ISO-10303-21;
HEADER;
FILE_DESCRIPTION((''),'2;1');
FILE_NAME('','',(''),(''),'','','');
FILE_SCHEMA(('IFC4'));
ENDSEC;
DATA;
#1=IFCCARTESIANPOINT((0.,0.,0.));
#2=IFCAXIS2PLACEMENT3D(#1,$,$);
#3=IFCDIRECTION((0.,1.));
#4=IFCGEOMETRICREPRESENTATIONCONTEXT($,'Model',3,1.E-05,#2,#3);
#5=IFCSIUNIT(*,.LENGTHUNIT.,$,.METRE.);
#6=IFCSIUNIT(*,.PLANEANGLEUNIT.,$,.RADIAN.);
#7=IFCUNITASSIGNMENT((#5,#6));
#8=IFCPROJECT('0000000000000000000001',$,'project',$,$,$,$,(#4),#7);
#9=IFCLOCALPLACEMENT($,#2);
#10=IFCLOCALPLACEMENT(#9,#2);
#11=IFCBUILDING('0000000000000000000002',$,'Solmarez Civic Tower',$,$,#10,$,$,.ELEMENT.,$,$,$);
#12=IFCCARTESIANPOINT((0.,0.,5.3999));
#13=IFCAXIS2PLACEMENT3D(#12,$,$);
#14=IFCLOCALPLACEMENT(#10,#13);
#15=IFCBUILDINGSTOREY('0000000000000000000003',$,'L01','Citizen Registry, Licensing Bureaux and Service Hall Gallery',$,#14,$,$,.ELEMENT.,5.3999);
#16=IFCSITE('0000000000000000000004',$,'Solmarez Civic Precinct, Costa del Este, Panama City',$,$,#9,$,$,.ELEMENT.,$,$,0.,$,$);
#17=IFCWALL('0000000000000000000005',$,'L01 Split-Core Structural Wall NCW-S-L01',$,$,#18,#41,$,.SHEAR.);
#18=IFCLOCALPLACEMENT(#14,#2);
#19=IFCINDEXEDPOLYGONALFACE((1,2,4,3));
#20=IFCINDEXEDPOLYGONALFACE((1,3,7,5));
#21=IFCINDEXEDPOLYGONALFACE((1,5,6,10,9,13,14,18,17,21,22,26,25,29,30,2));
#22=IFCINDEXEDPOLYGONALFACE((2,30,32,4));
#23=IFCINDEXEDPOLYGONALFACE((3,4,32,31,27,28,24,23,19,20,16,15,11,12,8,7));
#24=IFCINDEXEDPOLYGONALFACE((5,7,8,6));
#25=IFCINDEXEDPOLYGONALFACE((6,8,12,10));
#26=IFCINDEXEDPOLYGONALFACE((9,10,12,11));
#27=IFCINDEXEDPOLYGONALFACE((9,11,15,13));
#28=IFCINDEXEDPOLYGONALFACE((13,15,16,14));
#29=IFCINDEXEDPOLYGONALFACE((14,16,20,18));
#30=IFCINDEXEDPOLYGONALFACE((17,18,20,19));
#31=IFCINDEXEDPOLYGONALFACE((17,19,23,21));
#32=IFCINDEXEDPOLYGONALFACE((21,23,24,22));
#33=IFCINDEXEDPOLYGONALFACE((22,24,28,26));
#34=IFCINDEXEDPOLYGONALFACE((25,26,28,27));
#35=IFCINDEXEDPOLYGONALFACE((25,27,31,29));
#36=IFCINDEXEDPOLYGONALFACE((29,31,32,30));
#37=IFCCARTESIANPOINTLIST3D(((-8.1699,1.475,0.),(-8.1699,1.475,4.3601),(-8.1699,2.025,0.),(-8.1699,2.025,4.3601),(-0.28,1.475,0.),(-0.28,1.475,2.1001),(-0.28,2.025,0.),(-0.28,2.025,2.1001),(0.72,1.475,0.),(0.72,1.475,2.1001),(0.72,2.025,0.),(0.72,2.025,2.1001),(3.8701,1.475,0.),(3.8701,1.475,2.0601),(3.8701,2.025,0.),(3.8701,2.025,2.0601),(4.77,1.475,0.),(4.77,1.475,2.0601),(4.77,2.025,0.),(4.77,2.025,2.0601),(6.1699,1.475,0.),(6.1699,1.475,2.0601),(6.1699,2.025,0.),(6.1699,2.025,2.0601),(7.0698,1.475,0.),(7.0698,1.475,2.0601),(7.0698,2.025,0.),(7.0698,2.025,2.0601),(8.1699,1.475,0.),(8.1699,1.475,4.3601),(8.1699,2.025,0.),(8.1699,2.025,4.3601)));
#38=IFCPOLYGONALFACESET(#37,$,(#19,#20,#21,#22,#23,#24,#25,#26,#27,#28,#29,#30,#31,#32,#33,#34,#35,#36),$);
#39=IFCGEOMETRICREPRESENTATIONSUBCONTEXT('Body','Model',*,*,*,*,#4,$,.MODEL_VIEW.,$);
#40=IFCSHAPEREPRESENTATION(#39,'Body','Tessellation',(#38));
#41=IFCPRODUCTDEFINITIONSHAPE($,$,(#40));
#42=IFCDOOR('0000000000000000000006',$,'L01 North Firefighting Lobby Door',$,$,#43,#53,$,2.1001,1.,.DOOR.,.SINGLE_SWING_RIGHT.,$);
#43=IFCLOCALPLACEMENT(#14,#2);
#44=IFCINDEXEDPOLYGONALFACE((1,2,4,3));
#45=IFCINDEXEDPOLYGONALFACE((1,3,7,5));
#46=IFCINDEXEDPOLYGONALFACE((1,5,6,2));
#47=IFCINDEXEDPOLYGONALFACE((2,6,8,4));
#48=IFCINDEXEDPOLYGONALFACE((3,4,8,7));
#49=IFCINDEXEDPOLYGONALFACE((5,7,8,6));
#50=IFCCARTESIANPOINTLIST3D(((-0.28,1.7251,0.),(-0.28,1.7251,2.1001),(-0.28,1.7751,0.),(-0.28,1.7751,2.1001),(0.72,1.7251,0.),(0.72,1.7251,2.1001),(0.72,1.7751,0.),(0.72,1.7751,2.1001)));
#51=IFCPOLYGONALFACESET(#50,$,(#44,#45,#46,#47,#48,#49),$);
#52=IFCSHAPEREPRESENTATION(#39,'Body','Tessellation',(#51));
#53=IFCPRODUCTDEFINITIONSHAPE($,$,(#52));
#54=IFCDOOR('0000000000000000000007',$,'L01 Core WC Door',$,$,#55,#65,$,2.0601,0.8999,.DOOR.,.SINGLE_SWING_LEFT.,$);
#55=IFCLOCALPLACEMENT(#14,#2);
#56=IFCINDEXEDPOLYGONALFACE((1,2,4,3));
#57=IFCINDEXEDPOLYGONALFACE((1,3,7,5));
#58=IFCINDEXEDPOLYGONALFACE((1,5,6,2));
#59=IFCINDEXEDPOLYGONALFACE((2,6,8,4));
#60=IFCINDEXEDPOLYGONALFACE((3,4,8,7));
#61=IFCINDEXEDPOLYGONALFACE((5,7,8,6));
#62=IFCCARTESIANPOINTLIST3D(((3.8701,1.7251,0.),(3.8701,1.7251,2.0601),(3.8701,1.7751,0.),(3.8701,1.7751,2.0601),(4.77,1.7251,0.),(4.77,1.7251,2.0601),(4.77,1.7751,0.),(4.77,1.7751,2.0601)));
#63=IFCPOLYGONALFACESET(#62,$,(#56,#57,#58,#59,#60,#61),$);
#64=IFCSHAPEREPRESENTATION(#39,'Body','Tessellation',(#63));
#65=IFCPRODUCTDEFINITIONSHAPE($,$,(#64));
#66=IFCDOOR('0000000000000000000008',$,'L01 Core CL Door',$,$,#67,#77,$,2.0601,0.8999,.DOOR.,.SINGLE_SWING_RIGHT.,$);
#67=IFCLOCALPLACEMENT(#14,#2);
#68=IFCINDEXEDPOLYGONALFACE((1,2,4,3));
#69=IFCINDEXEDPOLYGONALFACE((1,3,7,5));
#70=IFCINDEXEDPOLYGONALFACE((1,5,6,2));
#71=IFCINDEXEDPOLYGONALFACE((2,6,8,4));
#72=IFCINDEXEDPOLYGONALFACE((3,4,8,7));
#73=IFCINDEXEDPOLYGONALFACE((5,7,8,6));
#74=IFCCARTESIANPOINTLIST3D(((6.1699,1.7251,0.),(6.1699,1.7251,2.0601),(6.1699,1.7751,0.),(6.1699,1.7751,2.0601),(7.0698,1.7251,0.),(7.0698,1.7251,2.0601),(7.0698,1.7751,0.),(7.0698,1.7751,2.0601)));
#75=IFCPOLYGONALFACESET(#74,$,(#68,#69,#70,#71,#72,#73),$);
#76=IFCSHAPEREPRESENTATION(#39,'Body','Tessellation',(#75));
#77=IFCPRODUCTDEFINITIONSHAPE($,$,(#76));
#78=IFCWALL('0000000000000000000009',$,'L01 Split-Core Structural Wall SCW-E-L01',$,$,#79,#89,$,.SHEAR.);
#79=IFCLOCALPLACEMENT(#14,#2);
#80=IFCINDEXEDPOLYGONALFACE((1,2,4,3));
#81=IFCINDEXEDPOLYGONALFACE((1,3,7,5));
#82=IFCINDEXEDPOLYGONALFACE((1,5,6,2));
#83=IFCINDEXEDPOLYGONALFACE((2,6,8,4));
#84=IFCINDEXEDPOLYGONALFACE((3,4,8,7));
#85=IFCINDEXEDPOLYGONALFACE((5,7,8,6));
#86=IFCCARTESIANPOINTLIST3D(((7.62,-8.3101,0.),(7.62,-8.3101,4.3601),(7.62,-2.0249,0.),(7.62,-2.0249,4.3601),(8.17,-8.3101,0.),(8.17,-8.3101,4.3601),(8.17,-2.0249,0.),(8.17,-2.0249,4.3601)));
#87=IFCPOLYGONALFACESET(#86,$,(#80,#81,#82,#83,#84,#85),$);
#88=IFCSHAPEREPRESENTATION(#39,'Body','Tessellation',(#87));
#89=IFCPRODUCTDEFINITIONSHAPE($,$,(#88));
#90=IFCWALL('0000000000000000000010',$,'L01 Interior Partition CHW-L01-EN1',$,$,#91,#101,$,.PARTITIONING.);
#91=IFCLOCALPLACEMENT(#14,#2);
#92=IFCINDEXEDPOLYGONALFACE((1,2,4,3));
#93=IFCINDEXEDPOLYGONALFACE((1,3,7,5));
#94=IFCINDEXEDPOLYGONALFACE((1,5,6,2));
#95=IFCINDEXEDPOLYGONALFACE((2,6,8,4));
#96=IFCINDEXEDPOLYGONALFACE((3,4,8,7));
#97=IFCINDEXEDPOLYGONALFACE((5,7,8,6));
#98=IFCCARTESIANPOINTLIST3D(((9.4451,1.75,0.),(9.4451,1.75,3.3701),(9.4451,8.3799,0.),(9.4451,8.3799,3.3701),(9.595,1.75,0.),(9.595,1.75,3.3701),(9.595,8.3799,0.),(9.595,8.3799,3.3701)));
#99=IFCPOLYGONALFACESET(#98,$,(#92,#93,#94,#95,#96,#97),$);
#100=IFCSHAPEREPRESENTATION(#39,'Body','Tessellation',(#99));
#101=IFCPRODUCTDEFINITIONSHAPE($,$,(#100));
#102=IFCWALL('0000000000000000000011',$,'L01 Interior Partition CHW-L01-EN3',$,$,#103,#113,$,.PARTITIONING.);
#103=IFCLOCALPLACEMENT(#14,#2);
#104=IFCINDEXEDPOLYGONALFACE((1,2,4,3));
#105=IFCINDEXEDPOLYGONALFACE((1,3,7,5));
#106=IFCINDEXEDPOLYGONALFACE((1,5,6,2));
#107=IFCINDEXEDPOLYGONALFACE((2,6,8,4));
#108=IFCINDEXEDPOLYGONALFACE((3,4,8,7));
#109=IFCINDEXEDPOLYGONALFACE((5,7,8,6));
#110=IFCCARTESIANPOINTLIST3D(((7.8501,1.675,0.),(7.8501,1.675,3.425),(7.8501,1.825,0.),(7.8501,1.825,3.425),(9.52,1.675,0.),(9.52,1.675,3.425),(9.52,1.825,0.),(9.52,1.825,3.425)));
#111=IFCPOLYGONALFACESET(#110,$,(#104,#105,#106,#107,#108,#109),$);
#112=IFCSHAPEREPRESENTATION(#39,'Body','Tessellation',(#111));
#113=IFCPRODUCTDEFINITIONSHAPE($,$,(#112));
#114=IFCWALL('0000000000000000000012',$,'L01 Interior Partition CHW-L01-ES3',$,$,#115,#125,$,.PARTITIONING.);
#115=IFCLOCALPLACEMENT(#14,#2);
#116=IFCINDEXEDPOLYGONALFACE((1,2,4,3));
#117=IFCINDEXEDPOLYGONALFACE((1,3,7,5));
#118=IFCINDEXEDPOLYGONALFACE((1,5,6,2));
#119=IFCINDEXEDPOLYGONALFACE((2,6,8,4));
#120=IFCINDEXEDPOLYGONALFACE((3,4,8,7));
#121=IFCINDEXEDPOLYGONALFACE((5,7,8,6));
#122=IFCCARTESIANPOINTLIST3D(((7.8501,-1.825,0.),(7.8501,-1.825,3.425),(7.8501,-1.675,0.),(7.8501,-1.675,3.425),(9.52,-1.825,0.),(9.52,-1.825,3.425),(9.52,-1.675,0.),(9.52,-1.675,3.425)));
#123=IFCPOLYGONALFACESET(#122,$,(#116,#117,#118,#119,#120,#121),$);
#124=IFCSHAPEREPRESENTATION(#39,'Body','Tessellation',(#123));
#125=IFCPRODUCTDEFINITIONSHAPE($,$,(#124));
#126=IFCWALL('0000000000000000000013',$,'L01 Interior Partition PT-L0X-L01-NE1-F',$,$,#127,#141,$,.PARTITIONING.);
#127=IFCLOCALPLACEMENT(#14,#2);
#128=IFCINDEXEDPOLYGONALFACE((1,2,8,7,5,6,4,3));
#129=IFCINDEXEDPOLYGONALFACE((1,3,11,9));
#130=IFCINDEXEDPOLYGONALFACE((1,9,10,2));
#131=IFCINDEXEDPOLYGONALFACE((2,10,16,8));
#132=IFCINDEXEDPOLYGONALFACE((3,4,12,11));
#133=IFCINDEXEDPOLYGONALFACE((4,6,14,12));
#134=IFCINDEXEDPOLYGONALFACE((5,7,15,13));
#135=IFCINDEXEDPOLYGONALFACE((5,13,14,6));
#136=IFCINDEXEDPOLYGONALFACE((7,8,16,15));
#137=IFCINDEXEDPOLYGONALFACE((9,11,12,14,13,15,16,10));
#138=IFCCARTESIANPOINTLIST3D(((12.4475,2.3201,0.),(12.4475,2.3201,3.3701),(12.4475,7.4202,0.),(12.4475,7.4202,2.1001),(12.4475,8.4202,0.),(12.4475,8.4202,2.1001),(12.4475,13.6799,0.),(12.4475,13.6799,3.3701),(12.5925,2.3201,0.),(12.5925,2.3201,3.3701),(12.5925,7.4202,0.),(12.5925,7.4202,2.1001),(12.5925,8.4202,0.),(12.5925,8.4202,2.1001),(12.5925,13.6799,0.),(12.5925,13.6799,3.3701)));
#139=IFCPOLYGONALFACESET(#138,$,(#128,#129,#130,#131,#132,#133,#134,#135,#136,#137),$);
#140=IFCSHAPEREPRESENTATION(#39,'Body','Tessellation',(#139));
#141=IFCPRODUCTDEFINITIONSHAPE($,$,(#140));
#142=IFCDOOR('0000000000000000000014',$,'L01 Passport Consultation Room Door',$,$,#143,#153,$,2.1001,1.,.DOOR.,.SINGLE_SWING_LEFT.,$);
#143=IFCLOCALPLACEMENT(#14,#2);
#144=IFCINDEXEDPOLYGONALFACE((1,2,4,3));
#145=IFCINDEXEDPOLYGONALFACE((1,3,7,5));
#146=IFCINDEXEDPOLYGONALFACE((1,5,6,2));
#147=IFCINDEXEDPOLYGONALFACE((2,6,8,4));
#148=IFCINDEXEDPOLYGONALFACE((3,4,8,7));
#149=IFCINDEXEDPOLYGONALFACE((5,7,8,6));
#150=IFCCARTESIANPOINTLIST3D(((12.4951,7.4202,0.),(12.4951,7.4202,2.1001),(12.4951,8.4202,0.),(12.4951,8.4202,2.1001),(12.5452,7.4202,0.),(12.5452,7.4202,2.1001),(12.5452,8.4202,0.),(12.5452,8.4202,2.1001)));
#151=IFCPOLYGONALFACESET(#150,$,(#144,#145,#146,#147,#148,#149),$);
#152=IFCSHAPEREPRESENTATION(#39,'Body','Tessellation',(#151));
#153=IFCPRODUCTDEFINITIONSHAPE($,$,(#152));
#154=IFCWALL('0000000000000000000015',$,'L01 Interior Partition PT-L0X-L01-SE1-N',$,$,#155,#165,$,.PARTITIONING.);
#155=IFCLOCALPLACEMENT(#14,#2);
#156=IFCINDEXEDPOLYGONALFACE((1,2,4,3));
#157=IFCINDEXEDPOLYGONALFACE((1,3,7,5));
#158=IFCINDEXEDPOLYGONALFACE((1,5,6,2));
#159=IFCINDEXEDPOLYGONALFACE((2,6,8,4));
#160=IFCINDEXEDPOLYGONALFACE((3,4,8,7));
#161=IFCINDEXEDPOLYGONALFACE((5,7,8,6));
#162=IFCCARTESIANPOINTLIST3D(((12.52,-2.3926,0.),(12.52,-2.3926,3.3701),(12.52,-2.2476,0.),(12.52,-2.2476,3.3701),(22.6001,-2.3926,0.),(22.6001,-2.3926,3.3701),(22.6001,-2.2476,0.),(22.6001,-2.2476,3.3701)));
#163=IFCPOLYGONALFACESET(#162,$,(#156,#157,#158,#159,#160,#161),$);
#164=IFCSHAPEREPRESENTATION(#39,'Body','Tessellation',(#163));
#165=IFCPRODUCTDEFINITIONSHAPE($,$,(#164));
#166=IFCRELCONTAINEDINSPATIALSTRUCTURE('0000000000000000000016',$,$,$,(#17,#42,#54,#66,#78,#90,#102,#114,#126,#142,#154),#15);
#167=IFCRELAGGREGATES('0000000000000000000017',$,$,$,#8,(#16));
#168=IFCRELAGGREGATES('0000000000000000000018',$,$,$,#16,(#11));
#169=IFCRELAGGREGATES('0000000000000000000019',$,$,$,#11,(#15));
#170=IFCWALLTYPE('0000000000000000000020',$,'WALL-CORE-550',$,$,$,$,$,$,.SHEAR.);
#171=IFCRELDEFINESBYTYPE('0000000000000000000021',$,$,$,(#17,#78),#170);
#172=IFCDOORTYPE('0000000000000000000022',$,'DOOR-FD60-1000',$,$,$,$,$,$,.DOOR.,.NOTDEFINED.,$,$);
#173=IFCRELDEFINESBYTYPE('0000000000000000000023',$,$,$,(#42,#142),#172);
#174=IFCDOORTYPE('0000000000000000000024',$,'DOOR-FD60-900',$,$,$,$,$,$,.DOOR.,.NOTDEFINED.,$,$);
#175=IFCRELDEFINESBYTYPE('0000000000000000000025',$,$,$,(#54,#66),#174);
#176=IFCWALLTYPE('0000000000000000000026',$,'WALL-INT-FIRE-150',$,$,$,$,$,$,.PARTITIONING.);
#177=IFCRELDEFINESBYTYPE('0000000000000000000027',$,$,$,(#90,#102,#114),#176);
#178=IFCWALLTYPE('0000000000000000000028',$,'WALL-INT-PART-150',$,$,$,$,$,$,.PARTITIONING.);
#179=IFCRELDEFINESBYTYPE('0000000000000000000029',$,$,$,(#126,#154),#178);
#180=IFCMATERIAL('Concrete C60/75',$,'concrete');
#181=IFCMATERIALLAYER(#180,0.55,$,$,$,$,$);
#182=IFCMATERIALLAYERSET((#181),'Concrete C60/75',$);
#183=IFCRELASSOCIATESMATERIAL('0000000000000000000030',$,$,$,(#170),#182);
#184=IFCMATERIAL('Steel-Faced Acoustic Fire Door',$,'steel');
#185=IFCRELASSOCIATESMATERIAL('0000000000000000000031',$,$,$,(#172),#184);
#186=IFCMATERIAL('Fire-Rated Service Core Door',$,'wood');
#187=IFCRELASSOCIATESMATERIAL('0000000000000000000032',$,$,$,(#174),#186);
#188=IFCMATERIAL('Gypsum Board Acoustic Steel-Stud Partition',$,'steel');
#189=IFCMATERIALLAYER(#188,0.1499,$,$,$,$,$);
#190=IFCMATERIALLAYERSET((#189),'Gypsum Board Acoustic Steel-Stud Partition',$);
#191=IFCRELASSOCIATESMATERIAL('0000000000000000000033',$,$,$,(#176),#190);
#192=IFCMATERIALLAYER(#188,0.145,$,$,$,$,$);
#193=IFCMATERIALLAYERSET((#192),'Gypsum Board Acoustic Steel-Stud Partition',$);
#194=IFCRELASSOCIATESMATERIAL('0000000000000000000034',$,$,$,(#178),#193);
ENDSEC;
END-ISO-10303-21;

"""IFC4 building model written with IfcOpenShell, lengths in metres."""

from ifc_helpers import new_model, si_unit, direction, frame, frame_2d, origin, place, context, subcontext, project, spatial, rectangle, extrude, material, layer, layer_set, type_object, element, fill, save


model = new_model("IFC4")

# Units and contexts
model_context = context("Model", 3, precision=1e-05, world=origin(), true_north=direction((0.0, 1.0)))
body_context = subcontext(model_context, "Body", "Model", "MODEL_VIEW")
ifc_project = project(units=[si_unit("LENGTHUNIT", "METRE"), si_unit("PLANEANGLEUNIT", "RADIAN")], contexts=[model_context])

# Site, building, storey
site_placement = place(None, origin())
site = spatial("IfcSite", under=ifc_project, at=site_placement, Name="Solmarez Civic Precinct, Costa del Este, Panama City", CompositionType="ELEMENT", RefElevation=0.0)
building_placement = place(site_placement, origin())
building = spatial("IfcBuilding", under=site, at=building_placement, Name="Solmarez Civic Tower", CompositionType="ELEMENT")
storey_placement = place(building_placement, frame((0.0, 0.0, 5.3999)))
storey = spatial("IfcBuildingStorey", under=building, at=storey_placement, Name="L01", Description="Citizen Registry, Licensing Bureaux and Service Hall Gallery", CompositionType="ELEMENT", Elevation=5.3999)

# Wall, openings, doors
ifc_material_1 = material(Name="Concrete C60/75", Category="concrete")
ifc_layer_1 = layer(ifc_material_1, 0.55)
ifc_layer_set_1 = layer_set([ifc_layer_1], Name="Concrete C60/75")
wall_type_1 = type_object("IfcWallType", Name="WALL-CORE-550", PredefinedType="SHEAR", material=ifc_layer_set_1)
wall_1_placement = place(storey_placement, frame((8.1699, 1.75, 0.0), z_axis=(0.0, 0.0, 1.0), x_axis=(-1.0, 0.0, 0.0)))
wall_1 = element("IfcWall", 1, at=wall_1_placement, inside=storey, type_object=wall_type_1, Name="L01 Split-Core Structural Wall NCW-S-L01", PredefinedType="SHEAR", context=body_context, shape_type="SweptSolid", body=[
    extrude(rectangle(XDim=16.3398, YDim=0.55, at=frame_2d((8.1699, 0.0))), origin(), (0.0, 0.0, 1.0), 4.3601),
])
opening_1_placement = place(wall_1_placement, frame((7.45, 0.0, 0.0)))
opening_1 = element("IfcOpeningElement", 2, at=opening_1_placement, cuts=wall_1, PredefinedType="OPENING", context=body_context, shape_type="SweptSolid", body=[
    extrude(rectangle(XDim=1.0, YDim=2.1001, at=frame_2d((0.5, 1.05))), frame((0.0, 0.2849, 0.0), z_axis=(0.0, -1.0, 0.0), x_axis=(1.0, 0.0, 0.0)), (0.0, 0.0, 1.0), 0.5701),
])
opening_2_placement = place(wall_1_placement, frame((3.3999, 0.0, 0.0)))
opening_2 = element("IfcOpeningElement", 3, at=opening_2_placement, cuts=wall_1, PredefinedType="OPENING", context=body_context, shape_type="SweptSolid", body=[
    extrude(rectangle(XDim=0.8999, YDim=2.0601, at=frame_2d((0.45, 1.03))), frame((0.0, 0.2849, 0.0), z_axis=(0.0, -1.0, 0.0), x_axis=(1.0, 0.0, 0.0)), (0.0, 0.0, 1.0), 0.5701),
])
opening_3_placement = place(wall_1_placement, frame((1.1001, 0.0, 0.0)))
opening_3 = element("IfcOpeningElement", 4, at=opening_3_placement, cuts=wall_1, PredefinedType="OPENING", context=body_context, shape_type="SweptSolid", body=[
    extrude(rectangle(XDim=0.8999, YDim=2.0601, at=frame_2d((0.45, 1.03))), frame((0.0, 0.2849, 0.0), z_axis=(0.0, -1.0, 0.0), x_axis=(1.0, 0.0, 0.0)), (0.0, 0.0, 1.0), 0.5701),
])
ifc_material_2 = material(Name="Steel-Faced Acoustic Fire Door", Category="steel")
door_type_1 = type_object("IfcDoorType", Name="DOOR-FD60-1000", OperationType="NOTDEFINED", PredefinedType="DOOR", material=ifc_material_2)
door_1_placement = place(opening_1_placement, origin())
door_1 = element("IfcDoor", 5, at=door_1_placement, inside=storey, type_object=door_type_1, Name="L01 North Firefighting Lobby Door", OperationType="SINGLE_SWING_RIGHT", OverallHeight=2.1001, OverallWidth=1.0, PredefinedType="DOOR", context=body_context, shape_type="SweptSolid", body=[
    extrude(rectangle(XDim=1.0, YDim=2.1001, at=frame_2d((0.5, 1.05))), frame((0.0, 0.0249, 0.0), z_axis=(0.0, -1.0, 0.0), x_axis=(1.0, 0.0, 0.0)), (0.0, 0.0, 1.0), 0.05),
])
fill(opening_1, door_1)
ifc_material_3 = material(Name="Fire-Rated Service Core Door", Category="wood")
door_type_2 = type_object("IfcDoorType", Name="DOOR-FD60-900", OperationType="NOTDEFINED", PredefinedType="DOOR", material=ifc_material_3)
door_2_placement = place(opening_2_placement, origin())
door_2 = element("IfcDoor", 6, at=door_2_placement, inside=storey, type_object=door_type_2, Name="L01 Core WC Door", OperationType="SINGLE_SWING_LEFT", OverallHeight=2.0601, OverallWidth=0.8999, PredefinedType="DOOR", context=body_context, shape_type="SweptSolid", body=[
    extrude(rectangle(XDim=0.8999, YDim=2.0601, at=frame_2d((0.45, 1.03))), frame((0.0, 0.0249, 0.0), z_axis=(0.0, -1.0, 0.0), x_axis=(1.0, 0.0, 0.0)), (0.0, 0.0, 1.0), 0.05),
])
fill(opening_2, door_2)
door_3_placement = place(opening_3_placement, origin())
door_3 = element("IfcDoor", 7, at=door_3_placement, inside=storey, type_object=door_type_2, Name="L01 Core CL Door", OperationType="SINGLE_SWING_RIGHT", OverallHeight=2.0601, OverallWidth=0.8999, PredefinedType="DOOR", context=body_context, shape_type="SweptSolid", body=[
    extrude(rectangle(XDim=0.8999, YDim=2.0601, at=frame_2d((0.45, 1.03))), frame((0.0, 0.0249, 0.0), z_axis=(0.0, -1.0, 0.0), x_axis=(1.0, 0.0, 0.0)), (0.0, 0.0, 1.0), 0.05),
])
fill(opening_3, door_3)

# Walls
wall_2_placement = place(storey_placement, frame((7.895, -2.0249, 0.0), z_axis=(0.0, 0.0, 1.0), x_axis=(0.0, -1.0, 0.0)))
element("IfcWall", 8, at=wall_2_placement, inside=storey, type_object=wall_type_1, Name="L01 Split-Core Structural Wall SCW-E-L01", PredefinedType="SHEAR", context=body_context, shape_type="SweptSolid", body=[
    extrude(rectangle(XDim=6.2852, YDim=0.55, at=frame_2d((3.1426, 0.0))), origin(), (0.0, 0.0, 1.0), 4.3601),
])
ifc_material_4 = material(Name="Gypsum Board Acoustic Steel-Stud Partition", Category="steel")
ifc_layer_2 = layer(ifc_material_4, 0.1499)
ifc_layer_set_2 = layer_set([ifc_layer_2], Name="Gypsum Board Acoustic Steel-Stud Partition")
wall_type_2 = type_object("IfcWallType", Name="WALL-INT-FIRE-150", PredefinedType="PARTITIONING", material=ifc_layer_set_2)
wall_3_placement = place(storey_placement, frame((9.52, 1.75, 0.0), z_axis=(0.0, 0.0, 1.0), x_axis=(0.0, 1.0, 0.0)))
element("IfcWall", 9, at=wall_3_placement, inside=storey, type_object=wall_type_2, Name="L01 Interior Partition CHW-L01-EN1", PredefinedType="PARTITIONING", context=body_context, shape_type="SweptSolid", body=[
    extrude(rectangle(XDim=6.6299, YDim=0.1499, at=frame_2d((3.3149, 0.0))), origin(), (0.0, 0.0, 1.0), 3.3701),
])
for number, where, z_axis, x_axis, name in (
    (10, (7.8501, 1.75, 0.0), (0.0, 0.0, 1.0), (1.0, 0.0, 0.0), "L01 Interior Partition CHW-L01-EN3"),
    (11, (7.8501, -1.75, 0.0), (0.0, 0.0, 1.0), (1.0, 0.0, 0.0), "L01 Interior Partition CHW-L01-ES3"),
):
    element("IfcWall", number, at=place(storey_placement, frame(where, z_axis=z_axis, x_axis=x_axis)), inside=storey, type_object=wall_type_2, Name=name, PredefinedType="PARTITIONING", context=body_context, shape_type="SweptSolid", body=[
        extrude(rectangle(XDim=1.6699, YDim=0.1499, at=frame_2d((0.835, 0.0))), origin(), (0.0, 0.0, 1.0), 3.425),
    ])

# Wall, opening, door
ifc_layer_3 = layer(ifc_material_4, 0.145)
ifc_layer_set_3 = layer_set([ifc_layer_3], Name="Gypsum Board Acoustic Steel-Stud Partition")
wall_type_3 = type_object("IfcWallType", Name="WALL-INT-PART-150", PredefinedType="PARTITIONING", material=ifc_layer_set_3)
wall_4_placement = place(storey_placement, frame((12.52, 2.3201, 0.0), z_axis=(0.0, 0.0, 1.0), x_axis=(0.0, 1.0, 0.0)))
wall_4 = element("IfcWall", 12, at=wall_4_placement, inside=storey, type_object=wall_type_3, Name="L01 Interior Partition PT-L0X-L01-NE1-F", PredefinedType="PARTITIONING", context=body_context, shape_type="SweptSolid", body=[
    extrude(rectangle(XDim=11.3599, YDim=0.145, at=frame_2d((5.6799, 0.0))), origin(), (0.0, 0.0, 1.0), 3.3701),
])
opening_4_placement = place(wall_4_placement, frame((5.1001, 0.0, 0.0)))
opening_4 = element("IfcOpeningElement", 13, at=opening_4_placement, cuts=wall_4, PredefinedType="OPENING", context=body_context, shape_type="SweptSolid", body=[
    extrude(rectangle(XDim=1.0, YDim=2.1001, at=frame_2d((0.5, 1.05))), frame((0.0, 0.0825, 0.0), z_axis=(0.0, -1.0, 0.0), x_axis=(1.0, 0.0, 0.0)), (0.0, 0.0, 1.0), 0.165),
])
door_4_placement = place(opening_4_placement, origin())
door_4 = element("IfcDoor", 14, at=door_4_placement, inside=storey, type_object=door_type_1, Name="L01 Passport Consultation Room Door", OperationType="SINGLE_SWING_LEFT", OverallHeight=2.1001, OverallWidth=1.0, PredefinedType="DOOR", context=body_context, shape_type="SweptSolid", body=[
    extrude(rectangle(XDim=1.0, YDim=2.1001, at=frame_2d((0.5, 1.05))), frame((0.0, 0.0249, 0.0), z_axis=(0.0, -1.0, 0.0), x_axis=(1.0, 0.0, 0.0)), (0.0, 0.0, 1.0), 0.05),
])
fill(opening_4, door_4)

# Wall
wall_5_placement = place(storey_placement, frame((12.52, -2.3201, 0.0), z_axis=(0.0, 0.0, 1.0), x_axis=(1.0, 0.0, 0.0)))
element("IfcWall", 15, at=wall_5_placement, inside=storey, type_object=wall_type_3, Name="L01 Interior Partition PT-L0X-L01-SE1-N", PredefinedType="PARTITIONING", context=body_context, shape_type="SweptSolid", body=[
    extrude(rectangle(XDim=10.0801, YDim=0.145, at=frame_2d((5.04, 0.0))), origin(), (0.0, 0.0, 1.0), 3.3701),
])

save(model, "model.ifc")
